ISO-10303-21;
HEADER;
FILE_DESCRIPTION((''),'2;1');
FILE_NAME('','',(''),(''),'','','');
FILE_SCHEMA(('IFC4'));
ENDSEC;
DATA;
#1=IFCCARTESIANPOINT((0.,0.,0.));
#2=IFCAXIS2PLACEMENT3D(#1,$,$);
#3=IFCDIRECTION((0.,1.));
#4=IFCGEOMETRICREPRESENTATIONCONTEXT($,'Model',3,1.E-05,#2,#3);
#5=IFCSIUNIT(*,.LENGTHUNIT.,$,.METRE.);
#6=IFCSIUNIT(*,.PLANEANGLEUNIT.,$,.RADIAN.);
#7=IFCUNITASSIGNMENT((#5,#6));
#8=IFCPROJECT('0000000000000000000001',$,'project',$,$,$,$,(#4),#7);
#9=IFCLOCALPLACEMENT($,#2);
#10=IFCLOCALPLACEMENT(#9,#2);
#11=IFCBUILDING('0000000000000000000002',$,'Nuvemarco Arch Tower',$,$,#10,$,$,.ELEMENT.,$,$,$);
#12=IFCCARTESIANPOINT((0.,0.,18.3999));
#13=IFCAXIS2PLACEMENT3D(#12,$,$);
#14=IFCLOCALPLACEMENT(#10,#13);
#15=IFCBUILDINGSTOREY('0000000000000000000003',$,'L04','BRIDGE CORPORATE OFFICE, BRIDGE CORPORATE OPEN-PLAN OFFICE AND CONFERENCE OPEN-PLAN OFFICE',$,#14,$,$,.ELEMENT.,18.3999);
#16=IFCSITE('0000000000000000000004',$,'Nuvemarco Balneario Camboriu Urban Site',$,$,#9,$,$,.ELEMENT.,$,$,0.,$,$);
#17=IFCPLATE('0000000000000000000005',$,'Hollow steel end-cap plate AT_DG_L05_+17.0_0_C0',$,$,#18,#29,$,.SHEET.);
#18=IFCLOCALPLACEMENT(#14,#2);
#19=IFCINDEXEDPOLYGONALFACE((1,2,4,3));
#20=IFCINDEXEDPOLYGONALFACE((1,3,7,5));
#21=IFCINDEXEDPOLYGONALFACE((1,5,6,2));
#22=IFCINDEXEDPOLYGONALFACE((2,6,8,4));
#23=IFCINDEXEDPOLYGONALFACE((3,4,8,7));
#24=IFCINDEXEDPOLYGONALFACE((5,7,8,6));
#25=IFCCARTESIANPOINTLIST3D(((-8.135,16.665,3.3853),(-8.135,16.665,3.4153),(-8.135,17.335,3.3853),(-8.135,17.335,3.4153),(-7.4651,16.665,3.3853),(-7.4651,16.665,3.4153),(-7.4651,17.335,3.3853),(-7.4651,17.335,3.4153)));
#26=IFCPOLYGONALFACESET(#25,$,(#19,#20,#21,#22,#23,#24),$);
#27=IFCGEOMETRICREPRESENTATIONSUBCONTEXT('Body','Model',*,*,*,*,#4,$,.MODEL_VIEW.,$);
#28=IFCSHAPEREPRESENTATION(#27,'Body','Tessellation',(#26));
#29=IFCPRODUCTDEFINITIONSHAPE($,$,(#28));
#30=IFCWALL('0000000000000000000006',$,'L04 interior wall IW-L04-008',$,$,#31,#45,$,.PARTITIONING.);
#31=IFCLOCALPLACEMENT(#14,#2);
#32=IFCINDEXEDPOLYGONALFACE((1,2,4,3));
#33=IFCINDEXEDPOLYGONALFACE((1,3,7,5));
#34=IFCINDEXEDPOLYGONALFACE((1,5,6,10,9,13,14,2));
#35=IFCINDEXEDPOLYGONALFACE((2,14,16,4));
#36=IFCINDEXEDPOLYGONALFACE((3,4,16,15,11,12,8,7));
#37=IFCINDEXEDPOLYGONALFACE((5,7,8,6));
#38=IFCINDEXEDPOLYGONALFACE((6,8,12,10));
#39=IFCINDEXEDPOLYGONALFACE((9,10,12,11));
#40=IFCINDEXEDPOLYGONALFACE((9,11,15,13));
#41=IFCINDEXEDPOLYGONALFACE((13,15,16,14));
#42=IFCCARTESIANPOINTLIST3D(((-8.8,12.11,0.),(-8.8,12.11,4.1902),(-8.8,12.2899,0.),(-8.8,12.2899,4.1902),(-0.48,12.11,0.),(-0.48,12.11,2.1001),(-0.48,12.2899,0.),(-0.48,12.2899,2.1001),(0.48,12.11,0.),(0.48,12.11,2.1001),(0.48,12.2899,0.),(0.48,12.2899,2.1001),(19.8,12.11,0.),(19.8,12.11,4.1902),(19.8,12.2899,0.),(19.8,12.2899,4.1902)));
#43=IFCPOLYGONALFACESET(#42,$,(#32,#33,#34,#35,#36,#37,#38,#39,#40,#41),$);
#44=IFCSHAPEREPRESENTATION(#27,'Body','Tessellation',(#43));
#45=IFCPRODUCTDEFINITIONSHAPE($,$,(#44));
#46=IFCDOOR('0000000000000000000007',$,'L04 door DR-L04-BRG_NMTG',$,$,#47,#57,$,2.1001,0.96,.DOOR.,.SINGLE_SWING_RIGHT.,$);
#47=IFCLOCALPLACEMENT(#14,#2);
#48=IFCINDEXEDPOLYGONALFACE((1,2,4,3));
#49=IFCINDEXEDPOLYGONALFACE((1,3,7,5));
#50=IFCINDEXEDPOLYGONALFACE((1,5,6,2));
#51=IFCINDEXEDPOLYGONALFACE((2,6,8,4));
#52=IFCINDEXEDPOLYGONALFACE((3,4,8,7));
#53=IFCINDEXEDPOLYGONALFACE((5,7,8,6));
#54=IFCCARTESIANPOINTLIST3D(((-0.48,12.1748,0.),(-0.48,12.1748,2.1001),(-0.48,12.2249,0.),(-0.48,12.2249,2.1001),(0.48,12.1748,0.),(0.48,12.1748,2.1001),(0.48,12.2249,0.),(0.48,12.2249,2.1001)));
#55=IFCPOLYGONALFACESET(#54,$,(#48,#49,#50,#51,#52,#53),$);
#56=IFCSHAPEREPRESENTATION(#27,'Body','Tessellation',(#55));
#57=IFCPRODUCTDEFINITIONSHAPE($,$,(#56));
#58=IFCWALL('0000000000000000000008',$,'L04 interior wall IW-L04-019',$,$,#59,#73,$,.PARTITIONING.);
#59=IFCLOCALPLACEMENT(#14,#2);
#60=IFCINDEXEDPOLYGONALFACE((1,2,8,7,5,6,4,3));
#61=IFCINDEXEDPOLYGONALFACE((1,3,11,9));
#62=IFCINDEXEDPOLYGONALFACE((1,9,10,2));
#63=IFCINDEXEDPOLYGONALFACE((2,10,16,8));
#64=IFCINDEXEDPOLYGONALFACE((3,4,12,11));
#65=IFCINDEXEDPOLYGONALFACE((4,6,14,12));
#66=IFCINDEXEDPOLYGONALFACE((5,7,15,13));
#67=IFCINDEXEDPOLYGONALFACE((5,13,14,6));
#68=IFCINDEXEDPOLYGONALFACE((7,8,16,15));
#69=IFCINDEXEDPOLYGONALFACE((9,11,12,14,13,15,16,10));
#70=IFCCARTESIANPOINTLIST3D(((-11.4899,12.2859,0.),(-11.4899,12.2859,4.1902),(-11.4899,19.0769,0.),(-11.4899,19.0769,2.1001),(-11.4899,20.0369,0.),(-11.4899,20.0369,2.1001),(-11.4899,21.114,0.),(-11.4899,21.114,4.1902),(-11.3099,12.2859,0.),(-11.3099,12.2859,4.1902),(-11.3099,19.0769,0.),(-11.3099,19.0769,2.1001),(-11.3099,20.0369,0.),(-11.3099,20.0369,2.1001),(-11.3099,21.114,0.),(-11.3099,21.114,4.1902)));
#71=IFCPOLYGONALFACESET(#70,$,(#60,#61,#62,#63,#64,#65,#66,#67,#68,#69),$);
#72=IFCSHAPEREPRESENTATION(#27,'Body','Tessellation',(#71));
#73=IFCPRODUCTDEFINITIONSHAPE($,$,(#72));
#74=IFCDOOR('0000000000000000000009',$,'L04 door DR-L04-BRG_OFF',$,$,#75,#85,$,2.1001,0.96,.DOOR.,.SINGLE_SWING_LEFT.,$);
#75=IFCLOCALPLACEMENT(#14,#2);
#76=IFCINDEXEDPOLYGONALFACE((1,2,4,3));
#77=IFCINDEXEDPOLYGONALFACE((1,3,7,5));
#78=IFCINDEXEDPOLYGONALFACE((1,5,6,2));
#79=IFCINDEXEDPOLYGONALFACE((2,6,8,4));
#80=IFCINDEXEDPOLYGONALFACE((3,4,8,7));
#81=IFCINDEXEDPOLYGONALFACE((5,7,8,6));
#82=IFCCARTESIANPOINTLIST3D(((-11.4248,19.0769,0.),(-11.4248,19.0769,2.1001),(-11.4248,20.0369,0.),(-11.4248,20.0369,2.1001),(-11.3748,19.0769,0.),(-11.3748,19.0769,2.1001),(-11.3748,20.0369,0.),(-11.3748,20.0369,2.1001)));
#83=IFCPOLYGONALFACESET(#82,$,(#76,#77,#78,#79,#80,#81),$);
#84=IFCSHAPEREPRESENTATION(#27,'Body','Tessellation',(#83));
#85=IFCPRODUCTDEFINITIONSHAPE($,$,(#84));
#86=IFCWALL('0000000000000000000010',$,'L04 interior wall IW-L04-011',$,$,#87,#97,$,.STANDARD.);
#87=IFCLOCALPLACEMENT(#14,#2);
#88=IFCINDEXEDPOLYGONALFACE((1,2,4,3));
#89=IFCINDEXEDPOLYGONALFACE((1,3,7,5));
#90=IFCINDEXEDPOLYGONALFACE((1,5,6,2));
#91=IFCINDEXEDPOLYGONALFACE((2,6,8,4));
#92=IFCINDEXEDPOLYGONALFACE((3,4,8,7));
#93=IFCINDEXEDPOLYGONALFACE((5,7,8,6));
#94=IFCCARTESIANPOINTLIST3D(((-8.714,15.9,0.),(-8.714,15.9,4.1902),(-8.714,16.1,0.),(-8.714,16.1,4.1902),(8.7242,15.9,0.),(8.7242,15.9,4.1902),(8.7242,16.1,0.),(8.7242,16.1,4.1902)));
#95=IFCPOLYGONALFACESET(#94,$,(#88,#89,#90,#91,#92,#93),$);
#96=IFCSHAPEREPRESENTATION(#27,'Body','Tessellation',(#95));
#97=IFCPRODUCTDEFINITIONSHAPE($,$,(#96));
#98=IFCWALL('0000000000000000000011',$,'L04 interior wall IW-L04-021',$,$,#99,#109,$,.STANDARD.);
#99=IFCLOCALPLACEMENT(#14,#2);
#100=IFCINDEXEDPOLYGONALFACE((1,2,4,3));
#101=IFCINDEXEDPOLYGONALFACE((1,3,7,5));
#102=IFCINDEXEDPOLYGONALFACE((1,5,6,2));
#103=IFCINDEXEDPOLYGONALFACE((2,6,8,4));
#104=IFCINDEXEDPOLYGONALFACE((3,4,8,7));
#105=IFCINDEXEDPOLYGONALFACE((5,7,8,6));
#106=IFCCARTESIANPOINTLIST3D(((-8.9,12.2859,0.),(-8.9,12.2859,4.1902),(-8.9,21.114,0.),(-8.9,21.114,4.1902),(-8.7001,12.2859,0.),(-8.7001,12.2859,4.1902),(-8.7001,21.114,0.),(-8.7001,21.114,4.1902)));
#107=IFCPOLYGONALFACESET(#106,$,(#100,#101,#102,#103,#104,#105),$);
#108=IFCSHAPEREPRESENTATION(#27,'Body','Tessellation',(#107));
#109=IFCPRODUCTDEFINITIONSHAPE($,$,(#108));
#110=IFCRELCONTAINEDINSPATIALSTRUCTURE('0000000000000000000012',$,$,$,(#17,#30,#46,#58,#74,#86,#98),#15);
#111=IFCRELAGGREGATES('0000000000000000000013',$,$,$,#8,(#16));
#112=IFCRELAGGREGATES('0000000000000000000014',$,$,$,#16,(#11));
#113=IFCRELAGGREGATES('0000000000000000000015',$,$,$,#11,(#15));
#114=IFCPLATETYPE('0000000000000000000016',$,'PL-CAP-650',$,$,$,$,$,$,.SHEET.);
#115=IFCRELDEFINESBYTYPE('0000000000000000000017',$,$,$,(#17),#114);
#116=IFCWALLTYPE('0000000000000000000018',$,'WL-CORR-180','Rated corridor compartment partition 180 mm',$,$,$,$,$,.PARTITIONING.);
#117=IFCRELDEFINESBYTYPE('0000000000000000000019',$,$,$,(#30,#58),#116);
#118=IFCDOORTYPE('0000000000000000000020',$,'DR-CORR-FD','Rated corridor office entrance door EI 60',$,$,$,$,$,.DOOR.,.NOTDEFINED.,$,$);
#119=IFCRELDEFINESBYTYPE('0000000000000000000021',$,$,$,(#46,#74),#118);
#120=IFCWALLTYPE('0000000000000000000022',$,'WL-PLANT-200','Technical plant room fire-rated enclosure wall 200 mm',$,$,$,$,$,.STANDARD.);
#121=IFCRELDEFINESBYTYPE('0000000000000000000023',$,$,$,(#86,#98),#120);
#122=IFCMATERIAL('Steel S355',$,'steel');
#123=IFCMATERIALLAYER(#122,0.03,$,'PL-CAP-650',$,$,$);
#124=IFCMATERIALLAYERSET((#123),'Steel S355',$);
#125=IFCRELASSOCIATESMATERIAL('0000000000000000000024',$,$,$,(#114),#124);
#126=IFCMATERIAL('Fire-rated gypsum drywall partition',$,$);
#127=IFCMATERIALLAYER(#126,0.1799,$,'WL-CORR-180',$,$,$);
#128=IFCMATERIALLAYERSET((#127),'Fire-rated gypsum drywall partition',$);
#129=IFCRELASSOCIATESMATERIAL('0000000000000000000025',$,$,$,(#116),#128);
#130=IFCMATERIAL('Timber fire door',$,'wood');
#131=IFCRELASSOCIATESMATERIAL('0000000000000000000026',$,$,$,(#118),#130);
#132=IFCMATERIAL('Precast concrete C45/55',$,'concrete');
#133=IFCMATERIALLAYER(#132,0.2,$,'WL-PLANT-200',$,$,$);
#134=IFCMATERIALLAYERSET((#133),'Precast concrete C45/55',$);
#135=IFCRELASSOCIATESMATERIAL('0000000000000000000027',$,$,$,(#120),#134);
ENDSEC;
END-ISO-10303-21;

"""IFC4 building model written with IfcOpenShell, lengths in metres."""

from ifc_helpers import new_model, si_unit, direction, frame, frame_2d, origin, origin_2d, place, context, subcontext, project, spatial, rectangle, extrude, source, transform, mapped, material, layer, layer_set, type_object, type_shapes, element, fill, save


model = new_model("IFC4")

# Units and contexts
model_context = context("Model", 3, precision=1e-05, world=origin(), true_north=direction((0.0, 1.0)))
body_context = subcontext(model_context, "Body", "Model", "MODEL_VIEW")
ifc_project = project(units=[si_unit("LENGTHUNIT", "METRE"), si_unit("PLANEANGLEUNIT", "RADIAN")], contexts=[model_context])

# Site, building, storey
site_placement = place(None, origin())
site = spatial("IfcSite", under=ifc_project, at=site_placement, Name="Nuvemarco Balneario Camboriu Urban Site", CompositionType="ELEMENT", RefElevation=0.0)
building_placement = place(site_placement, origin())
building = spatial("IfcBuilding", under=site, at=building_placement, Name="Nuvemarco Arch Tower", CompositionType="ELEMENT")
storey_placement = place(building_placement, frame((0.0, 0.0, 18.3999)))
storey = spatial("IfcBuildingStorey", under=building, at=storey_placement, Name="L04", Description="BRIDGE CORPORATE OFFICE, BRIDGE CORPORATE OPEN-PLAN OFFICE AND CONFERENCE OPEN-PLAN OFFICE", CompositionType="ELEMENT", Elevation=18.3999)

# Shared definitions
ifc_material_1 = material(Name="Steel S355", Category="steel")

# Plate
ifc_layer_1 = layer(ifc_material_1, 0.03, Name="PL-CAP-650")
ifc_layer_set_1 = layer_set([ifc_layer_1], Name="Steel S355")
plate_type = type_object("IfcPlateType", Name="PL-CAP-650", PredefinedType="SHEET", material=ifc_layer_set_1)
shared_shape_1 = source(origin(), body_context, "Body", "SweptSolid", [
    extrude(rectangle(XDim=0.6699, YDim=0.6699, at=origin_2d()), origin(), (0.0, 0.0, 1.0), 0.03),
])
type_shapes(plate_type, [shared_shape_1])
plate_placement = place(storey_placement, frame((-7.8, 17.0, 3.3853), z_axis=(0.0, 0.0, 1.0), x_axis=(1.0, 0.0, 0.0)))
element("IfcPlate", 1, at=plate_placement, inside=storey, type_object=plate_type, Name="Hollow steel end-cap plate AT_DG_L05_+17.0_0_C0", PredefinedType="SHEET", context=body_context, shape_type="MappedRepresentation", body=[
    mapped(shared_shape_1, transform((0.0, 0.0, 0.0), scale=1.0)),
])

# Walls, openings, doors
ifc_material_2 = material(Name="Fire-rated gypsum drywall partition")
ifc_layer_2 = layer(ifc_material_2, 0.1799, Name="WL-CORR-180")
ifc_layer_set_2 = layer_set([ifc_layer_2], Name="Fire-rated gypsum drywall partition")
wall_type_1 = type_object("IfcWallType", Name="WL-CORR-180", Description="Rated corridor compartment partition 180 mm", PredefinedType="PARTITIONING", material=ifc_layer_set_2)
wall_1_placement = place(storey_placement, frame((-8.8, 12.2, 0.0), z_axis=(0.0, 0.0, 1.0), x_axis=(1.0, 0.0, 0.0)))
wall_1 = element("IfcWall", 2, at=wall_1_placement, inside=storey, type_object=wall_type_1, Name="L04 interior wall IW-L04-008", PredefinedType="PARTITIONING", context=body_context, shape_type="SweptSolid", body=[
    extrude(rectangle(XDim=28.6001, YDim=0.1799, at=frame_2d((14.3, 0.0))), origin(), (0.0, 0.0, 1.0), 4.1902),
])
opening_1_placement = place(wall_1_placement, frame((8.3201, 0.0, 0.0)))
opening_1 = element("IfcOpeningElement", 3, at=opening_1_placement, cuts=wall_1, PredefinedType="OPENING", context=body_context, shape_type="SweptSolid", body=[
    extrude(rectangle(XDim=0.96, YDim=2.1001, at=frame_2d((0.48, 1.05))), frame((0.0, 0.0999, 0.0), z_axis=(0.0, -1.0, 0.0), x_axis=(1.0, 0.0, 0.0)), (0.0, 0.0, 1.0), 0.2),
])
ifc_material_3 = material(Name="Timber fire door", Category="wood")
door_type = type_object("IfcDoorType", Name="DR-CORR-FD", Description="Rated corridor office entrance door EI 60", OperationType="NOTDEFINED", PredefinedType="DOOR", material=ifc_material_3)
shared_shape_2 = source(origin(), body_context, "Body", "SweptSolid", [
    extrude(rectangle(XDim=0.96, YDim=2.1001, at=frame_2d((0.48, 1.05))), frame((0.0, 0.0249, 0.0), z_axis=(0.0, -1.0, 0.0), x_axis=(1.0, 0.0, 0.0)), (0.0, 0.0, 1.0), 0.05),
])
type_shapes(door_type, [shared_shape_2])
door_1_placement = place(opening_1_placement, origin())
door_1 = element("IfcDoor", 4, at=door_1_placement, inside=storey, type_object=door_type, Name="L04 door DR-L04-BRG_NMTG", OperationType="SINGLE_SWING_RIGHT", OverallHeight=2.1001, OverallWidth=0.96, PredefinedType="DOOR", context=body_context, shape_type="MappedRepresentation", body=[
    mapped(shared_shape_2, transform((0.0, 0.0, 0.0), scale=1.0)),
])
fill(opening_1, door_1)
wall_2_placement = place(storey_placement, frame((-11.3999, 12.2859, 0.0), z_axis=(0.0, 0.0, 1.0), x_axis=(0.0, 1.0, 0.0)))
wall_2 = element("IfcWall", 5, at=wall_2_placement, inside=storey, type_object=wall_type_1, Name="L04 interior wall IW-L04-019", PredefinedType="PARTITIONING", context=body_context, shape_type="SweptSolid", body=[
    extrude(rectangle(XDim=8.8281, YDim=0.1799, at=frame_2d((4.4141, 0.0))), origin(), (0.0, 0.0, 1.0), 4.1902),
])
opening_2_placement = place(wall_2_placement, frame((6.791, 0.0, 0.0)))
opening_2 = element("IfcOpeningElement", 6, at=opening_2_placement, cuts=wall_2, PredefinedType="OPENING", context=body_context, shape_type="SweptSolid", body=[
    extrude(rectangle(XDim=0.96, YDim=2.1001, at=frame_2d((0.48, 1.05))), frame((0.0, 0.0999, 0.0), z_axis=(0.0, -1.0, 0.0), x_axis=(1.0, 0.0, 0.0)), (0.0, 0.0, 1.0), 0.2),
])
door_2_placement = place(opening_2_placement, origin())
door_2 = element("IfcDoor", 7, at=door_2_placement, inside=storey, type_object=door_type, Name="L04 door DR-L04-BRG_OFF", OperationType="SINGLE_SWING_LEFT", OverallHeight=2.1001, OverallWidth=0.96, PredefinedType="DOOR", context=body_context, shape_type="MappedRepresentation", body=[
    mapped(shared_shape_2, transform((0.0, 0.0, 0.0), scale=1.0)),
])
fill(opening_2, door_2)

# Walls
ifc_material_4 = material(Name="Precast concrete C45/55", Category="concrete")
ifc_layer_3 = layer(ifc_material_4, 0.2, Name="WL-PLANT-200")
ifc_layer_set_3 = layer_set([ifc_layer_3], Name="Precast concrete C45/55")
wall_type_2 = type_object("IfcWallType", Name="WL-PLANT-200", Description="Technical plant room fire-rated enclosure wall 200 mm", PredefinedType="STANDARD", material=ifc_layer_set_3)
wall_3_placement = place(storey_placement, frame((-8.7141, 16.0, 0.0), z_axis=(0.0, 0.0, 1.0), x_axis=(1.0, 0.0, 0.0)))
element("IfcWall", 8, at=wall_3_placement, inside=storey, type_object=wall_type_2, Name="L04 interior wall IW-L04-011", PredefinedType="STANDARD", context=body_context, shape_type="SweptSolid", body=[
    extrude(rectangle(XDim=17.4382, YDim=0.2, at=frame_2d((8.7192, 0.0))), origin(), (0.0, 0.0, 1.0), 4.1902),
])
wall_4_placement = place(storey_placement, frame((-8.8, 12.2859, 0.0), z_axis=(0.0, 0.0, 1.0), x_axis=(0.0, 1.0, 0.0)))
element("IfcWall", 9, at=wall_4_placement, inside=storey, type_object=wall_type_2, Name="L04 interior wall IW-L04-021", PredefinedType="STANDARD", context=body_context, shape_type="SweptSolid", body=[
    extrude(rectangle(XDim=8.8281, YDim=0.2, at=frame_2d((4.4141, 0.0))), origin(), (0.0, 0.0, 1.0), 4.1902),
])

save(model, "model.ifc")
